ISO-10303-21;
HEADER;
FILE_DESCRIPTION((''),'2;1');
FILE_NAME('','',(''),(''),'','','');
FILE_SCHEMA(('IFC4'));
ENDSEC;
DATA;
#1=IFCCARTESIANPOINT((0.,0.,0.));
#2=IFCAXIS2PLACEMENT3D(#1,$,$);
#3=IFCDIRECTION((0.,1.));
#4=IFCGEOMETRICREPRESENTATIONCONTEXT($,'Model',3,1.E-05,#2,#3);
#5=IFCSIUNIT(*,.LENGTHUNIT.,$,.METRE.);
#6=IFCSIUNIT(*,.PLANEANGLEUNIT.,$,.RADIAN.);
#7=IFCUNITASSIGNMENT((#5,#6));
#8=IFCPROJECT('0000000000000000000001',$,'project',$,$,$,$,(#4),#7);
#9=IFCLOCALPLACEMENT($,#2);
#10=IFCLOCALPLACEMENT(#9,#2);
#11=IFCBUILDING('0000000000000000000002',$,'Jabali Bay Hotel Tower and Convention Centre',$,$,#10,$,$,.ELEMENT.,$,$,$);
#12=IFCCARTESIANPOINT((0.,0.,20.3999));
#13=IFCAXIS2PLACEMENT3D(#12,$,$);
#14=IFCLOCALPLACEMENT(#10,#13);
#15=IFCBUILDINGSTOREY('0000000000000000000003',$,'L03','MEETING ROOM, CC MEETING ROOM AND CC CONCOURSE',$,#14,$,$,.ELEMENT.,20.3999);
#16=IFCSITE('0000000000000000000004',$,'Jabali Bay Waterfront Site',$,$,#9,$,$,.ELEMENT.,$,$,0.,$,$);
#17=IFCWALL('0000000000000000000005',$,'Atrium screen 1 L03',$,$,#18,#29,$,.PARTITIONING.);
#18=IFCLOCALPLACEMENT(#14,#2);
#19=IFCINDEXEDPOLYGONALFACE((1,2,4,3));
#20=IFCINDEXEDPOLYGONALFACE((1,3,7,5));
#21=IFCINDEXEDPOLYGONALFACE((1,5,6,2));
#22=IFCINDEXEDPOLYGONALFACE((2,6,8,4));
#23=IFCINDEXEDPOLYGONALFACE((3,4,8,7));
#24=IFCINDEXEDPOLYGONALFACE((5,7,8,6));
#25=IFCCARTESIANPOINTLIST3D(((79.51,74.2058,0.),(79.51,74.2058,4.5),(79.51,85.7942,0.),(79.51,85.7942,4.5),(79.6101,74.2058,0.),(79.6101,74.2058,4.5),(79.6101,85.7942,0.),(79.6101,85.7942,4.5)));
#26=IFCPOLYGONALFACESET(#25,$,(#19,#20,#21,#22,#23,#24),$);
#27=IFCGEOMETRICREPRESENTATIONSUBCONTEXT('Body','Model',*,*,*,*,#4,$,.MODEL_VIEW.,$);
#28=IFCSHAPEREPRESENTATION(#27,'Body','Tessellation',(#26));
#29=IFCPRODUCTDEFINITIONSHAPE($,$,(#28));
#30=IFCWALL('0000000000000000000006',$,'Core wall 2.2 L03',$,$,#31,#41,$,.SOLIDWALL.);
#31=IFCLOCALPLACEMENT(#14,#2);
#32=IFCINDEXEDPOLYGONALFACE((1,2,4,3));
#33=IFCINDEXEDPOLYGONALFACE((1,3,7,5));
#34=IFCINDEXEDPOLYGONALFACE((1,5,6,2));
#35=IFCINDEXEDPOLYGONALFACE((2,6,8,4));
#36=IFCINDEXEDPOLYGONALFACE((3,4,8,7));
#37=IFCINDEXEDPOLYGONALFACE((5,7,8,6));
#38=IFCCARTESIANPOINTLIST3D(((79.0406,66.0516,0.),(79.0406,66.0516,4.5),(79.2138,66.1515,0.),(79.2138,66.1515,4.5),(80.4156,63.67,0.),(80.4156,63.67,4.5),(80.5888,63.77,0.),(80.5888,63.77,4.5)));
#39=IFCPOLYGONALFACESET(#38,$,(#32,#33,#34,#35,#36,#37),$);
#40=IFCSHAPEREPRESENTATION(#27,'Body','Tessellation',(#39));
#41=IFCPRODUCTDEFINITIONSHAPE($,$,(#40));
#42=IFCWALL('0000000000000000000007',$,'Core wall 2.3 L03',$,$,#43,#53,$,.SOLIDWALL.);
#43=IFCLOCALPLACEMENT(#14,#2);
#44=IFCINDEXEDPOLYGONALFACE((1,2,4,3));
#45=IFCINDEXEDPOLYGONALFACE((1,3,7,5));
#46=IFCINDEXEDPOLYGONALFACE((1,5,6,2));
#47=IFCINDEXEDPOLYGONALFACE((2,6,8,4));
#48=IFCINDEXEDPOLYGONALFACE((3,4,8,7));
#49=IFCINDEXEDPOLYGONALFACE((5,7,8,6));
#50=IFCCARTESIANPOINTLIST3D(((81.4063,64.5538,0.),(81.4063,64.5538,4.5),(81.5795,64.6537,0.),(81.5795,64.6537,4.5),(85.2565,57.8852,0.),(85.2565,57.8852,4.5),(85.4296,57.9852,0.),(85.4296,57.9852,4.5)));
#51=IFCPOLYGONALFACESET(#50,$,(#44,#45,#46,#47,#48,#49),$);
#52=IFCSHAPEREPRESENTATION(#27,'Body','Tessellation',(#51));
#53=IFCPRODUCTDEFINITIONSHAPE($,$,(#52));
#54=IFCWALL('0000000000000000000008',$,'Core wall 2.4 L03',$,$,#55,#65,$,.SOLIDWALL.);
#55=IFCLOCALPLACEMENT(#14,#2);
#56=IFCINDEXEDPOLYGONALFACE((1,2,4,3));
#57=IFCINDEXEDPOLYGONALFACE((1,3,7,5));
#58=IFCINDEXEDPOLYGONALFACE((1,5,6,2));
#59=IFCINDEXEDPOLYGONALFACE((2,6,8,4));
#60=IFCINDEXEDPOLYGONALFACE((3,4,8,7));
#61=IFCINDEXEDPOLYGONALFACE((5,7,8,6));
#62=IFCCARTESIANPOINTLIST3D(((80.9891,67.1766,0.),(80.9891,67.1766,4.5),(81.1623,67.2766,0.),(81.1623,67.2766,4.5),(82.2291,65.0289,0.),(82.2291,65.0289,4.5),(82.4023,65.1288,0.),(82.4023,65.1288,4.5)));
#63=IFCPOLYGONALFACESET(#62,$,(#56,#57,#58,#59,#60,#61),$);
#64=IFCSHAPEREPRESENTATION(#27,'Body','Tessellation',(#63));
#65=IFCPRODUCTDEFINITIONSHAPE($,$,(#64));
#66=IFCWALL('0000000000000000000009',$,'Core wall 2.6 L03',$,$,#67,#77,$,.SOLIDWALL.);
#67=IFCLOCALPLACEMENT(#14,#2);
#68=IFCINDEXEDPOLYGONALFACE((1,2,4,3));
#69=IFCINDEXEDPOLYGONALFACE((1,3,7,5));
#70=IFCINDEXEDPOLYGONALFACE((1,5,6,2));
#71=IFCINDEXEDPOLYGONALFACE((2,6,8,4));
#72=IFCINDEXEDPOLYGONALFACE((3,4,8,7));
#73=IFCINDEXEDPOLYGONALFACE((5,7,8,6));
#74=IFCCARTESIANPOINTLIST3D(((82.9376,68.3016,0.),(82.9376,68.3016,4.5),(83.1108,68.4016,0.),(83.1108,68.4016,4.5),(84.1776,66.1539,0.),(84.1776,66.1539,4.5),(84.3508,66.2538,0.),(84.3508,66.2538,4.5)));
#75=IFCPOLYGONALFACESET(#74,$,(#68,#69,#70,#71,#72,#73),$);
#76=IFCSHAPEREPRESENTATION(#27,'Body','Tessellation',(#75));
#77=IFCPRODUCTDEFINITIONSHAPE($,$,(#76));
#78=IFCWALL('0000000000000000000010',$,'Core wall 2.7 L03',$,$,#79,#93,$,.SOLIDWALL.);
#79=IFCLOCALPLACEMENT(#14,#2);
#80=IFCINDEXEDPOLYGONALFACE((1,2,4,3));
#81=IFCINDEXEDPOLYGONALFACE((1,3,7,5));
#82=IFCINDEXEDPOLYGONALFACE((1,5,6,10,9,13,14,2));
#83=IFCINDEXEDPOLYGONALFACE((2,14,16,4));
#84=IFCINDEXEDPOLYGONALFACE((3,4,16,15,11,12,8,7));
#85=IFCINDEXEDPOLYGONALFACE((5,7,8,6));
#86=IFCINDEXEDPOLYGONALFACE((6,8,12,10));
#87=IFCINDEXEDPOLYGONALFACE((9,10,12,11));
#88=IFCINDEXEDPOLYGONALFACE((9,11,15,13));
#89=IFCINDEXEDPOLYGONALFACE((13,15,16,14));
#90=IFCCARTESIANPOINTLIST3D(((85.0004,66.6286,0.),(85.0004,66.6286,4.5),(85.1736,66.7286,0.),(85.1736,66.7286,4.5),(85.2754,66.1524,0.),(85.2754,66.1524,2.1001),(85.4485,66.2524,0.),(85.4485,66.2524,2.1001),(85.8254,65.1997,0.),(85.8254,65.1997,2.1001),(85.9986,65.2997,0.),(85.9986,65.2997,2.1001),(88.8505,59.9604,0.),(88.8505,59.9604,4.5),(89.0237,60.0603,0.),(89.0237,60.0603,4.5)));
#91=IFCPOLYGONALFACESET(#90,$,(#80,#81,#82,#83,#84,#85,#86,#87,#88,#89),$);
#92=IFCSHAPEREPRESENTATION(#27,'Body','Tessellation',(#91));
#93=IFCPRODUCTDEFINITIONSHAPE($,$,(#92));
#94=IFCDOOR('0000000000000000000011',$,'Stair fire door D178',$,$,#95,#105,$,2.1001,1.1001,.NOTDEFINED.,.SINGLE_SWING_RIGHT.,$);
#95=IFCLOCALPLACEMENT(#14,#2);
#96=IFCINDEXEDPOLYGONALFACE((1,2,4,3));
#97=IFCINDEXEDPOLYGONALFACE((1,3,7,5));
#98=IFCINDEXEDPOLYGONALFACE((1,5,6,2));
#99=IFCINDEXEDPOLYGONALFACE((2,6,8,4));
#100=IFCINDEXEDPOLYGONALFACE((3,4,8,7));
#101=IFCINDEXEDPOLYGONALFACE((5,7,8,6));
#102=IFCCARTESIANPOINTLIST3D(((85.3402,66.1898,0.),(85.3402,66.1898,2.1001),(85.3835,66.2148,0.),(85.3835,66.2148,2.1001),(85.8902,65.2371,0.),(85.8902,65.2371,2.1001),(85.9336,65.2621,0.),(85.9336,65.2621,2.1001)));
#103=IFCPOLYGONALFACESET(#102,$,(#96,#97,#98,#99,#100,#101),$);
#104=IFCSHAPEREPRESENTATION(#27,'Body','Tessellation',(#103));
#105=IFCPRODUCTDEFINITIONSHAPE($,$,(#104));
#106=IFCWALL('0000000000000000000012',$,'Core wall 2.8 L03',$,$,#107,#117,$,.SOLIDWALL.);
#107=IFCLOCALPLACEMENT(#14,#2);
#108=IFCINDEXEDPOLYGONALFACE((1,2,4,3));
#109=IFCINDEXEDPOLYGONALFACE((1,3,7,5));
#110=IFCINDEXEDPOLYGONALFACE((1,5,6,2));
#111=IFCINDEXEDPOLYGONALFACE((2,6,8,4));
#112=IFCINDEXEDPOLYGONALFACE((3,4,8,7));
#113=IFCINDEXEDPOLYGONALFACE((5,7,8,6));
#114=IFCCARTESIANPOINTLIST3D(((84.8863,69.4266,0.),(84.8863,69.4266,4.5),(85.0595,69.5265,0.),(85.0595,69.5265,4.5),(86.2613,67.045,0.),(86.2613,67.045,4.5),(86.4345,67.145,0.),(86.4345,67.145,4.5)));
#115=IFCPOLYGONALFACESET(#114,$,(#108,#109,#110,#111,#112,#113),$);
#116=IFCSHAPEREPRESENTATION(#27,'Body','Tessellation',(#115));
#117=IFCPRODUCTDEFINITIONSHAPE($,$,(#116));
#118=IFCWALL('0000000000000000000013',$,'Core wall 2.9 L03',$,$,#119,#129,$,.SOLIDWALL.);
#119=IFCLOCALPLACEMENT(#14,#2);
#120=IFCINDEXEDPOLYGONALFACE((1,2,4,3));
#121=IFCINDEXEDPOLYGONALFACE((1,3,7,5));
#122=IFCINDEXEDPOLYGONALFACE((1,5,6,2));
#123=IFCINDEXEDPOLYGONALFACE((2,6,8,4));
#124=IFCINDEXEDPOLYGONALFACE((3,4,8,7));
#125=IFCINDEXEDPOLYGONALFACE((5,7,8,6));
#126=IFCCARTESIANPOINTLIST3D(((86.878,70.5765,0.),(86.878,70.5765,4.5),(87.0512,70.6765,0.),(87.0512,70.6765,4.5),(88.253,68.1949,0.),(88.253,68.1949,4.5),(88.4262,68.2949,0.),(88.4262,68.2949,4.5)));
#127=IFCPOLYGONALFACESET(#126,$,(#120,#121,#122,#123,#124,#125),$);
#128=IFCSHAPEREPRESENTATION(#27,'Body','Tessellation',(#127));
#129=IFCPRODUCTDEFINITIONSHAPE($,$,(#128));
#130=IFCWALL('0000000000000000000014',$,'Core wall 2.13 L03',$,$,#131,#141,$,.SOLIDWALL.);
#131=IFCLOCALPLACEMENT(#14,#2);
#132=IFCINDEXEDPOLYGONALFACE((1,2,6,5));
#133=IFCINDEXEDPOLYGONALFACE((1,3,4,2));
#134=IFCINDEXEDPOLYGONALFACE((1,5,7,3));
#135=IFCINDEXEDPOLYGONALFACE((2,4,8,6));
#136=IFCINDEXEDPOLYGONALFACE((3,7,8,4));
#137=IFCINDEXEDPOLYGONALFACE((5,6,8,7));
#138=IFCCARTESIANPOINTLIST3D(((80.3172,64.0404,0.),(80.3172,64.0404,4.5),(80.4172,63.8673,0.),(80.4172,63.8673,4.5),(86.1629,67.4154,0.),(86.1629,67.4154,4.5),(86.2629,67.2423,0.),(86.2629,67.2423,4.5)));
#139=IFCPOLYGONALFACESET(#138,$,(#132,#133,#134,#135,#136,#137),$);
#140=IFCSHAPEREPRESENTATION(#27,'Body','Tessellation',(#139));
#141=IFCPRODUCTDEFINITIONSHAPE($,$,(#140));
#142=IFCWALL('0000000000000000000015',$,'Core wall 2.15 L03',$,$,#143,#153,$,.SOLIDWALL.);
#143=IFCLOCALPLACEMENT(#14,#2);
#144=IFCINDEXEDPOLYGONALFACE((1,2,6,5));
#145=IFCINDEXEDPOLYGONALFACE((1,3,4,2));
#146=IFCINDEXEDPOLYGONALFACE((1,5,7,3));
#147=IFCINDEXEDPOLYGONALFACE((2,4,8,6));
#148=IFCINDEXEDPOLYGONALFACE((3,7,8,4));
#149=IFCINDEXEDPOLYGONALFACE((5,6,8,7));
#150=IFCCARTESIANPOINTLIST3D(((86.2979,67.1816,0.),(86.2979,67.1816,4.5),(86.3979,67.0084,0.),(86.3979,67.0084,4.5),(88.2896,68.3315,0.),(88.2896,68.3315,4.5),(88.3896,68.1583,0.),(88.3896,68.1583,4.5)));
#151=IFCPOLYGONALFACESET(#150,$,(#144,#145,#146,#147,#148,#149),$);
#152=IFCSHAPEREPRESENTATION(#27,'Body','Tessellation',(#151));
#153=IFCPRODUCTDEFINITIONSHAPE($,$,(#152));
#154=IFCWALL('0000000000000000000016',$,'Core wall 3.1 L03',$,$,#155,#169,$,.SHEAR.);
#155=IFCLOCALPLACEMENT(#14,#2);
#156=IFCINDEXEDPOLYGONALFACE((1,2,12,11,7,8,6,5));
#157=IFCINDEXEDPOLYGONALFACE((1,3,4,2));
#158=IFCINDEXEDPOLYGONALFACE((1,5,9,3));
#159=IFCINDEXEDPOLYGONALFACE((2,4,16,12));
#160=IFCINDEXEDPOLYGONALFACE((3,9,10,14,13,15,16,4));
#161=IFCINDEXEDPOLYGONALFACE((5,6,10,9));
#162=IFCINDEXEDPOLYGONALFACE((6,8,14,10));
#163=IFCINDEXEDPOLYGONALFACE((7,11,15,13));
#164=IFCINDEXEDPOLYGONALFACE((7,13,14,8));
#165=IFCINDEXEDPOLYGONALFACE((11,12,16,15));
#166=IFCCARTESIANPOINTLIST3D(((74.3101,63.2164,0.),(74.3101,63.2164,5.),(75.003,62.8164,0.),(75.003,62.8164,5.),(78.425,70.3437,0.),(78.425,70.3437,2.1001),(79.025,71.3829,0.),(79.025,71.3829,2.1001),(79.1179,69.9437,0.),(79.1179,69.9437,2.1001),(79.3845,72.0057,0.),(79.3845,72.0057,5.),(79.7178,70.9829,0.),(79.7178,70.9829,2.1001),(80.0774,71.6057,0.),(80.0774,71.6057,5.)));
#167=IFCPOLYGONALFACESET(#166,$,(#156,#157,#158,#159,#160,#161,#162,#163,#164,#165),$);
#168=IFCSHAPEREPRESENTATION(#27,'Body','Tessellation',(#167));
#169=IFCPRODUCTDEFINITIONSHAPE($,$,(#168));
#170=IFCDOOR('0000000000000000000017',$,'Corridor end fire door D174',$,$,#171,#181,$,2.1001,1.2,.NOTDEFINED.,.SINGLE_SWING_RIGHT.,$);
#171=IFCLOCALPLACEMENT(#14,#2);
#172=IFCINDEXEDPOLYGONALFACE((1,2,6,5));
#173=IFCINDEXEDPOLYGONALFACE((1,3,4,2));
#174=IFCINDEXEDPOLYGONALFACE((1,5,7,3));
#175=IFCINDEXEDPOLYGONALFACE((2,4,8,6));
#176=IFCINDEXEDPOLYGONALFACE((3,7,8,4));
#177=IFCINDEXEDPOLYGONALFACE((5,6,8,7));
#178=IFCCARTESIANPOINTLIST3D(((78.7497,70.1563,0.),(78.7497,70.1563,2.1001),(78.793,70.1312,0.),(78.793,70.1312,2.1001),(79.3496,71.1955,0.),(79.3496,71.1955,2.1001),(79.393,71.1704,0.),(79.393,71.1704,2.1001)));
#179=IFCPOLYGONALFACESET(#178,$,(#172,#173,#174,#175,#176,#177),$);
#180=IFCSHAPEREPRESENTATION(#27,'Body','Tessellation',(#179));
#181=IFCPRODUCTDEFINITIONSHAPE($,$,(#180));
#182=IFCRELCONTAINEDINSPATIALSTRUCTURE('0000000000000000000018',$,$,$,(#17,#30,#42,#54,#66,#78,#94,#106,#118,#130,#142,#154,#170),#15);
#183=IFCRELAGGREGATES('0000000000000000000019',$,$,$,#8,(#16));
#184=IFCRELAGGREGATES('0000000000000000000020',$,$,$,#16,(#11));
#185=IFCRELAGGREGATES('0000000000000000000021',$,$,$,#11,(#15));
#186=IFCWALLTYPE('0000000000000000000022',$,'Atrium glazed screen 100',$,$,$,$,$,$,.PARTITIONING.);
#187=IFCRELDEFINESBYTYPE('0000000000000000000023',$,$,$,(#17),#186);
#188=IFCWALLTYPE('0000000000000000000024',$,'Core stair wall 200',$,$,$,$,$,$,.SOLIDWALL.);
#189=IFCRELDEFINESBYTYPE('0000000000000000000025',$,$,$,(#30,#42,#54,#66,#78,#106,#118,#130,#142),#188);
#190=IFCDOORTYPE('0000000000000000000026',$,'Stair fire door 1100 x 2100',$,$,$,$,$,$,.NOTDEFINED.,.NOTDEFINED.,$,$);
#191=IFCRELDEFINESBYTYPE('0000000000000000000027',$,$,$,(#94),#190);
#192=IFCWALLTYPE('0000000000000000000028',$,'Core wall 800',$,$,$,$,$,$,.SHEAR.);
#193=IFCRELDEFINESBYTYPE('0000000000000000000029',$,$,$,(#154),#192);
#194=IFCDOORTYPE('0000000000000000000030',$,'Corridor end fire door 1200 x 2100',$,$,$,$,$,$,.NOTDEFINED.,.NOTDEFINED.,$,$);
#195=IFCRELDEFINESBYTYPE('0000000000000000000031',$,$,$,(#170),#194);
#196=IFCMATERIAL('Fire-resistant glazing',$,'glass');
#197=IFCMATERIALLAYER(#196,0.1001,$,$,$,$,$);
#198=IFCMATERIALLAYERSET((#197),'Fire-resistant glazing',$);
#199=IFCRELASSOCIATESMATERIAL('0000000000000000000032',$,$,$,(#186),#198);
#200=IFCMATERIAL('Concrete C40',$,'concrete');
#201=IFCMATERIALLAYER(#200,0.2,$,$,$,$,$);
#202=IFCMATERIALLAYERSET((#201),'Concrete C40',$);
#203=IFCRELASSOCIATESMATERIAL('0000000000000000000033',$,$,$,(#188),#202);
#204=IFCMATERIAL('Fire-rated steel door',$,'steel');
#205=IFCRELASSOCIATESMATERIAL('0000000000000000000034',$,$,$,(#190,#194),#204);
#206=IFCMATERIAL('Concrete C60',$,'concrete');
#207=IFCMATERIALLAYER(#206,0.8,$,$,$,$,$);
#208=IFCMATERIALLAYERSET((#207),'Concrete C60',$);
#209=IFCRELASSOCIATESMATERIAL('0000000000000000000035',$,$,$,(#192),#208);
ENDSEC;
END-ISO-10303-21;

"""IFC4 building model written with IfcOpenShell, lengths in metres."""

from ifc_helpers import new_model, si_unit, direction, frame, frame_2d, origin, place, context, subcontext, project, spatial, rectangle, extrude, material, layer, layer_set, type_object, element, fill, save


model = new_model("IFC4")

# Units and contexts
model_context = context("Model", 3, precision=1e-05, world=origin(), true_north=direction((0.0, 1.0)))
body_context = subcontext(model_context, "Body", "Model", "MODEL_VIEW")
ifc_project = project(units=[si_unit("LENGTHUNIT", "METRE"), si_unit("PLANEANGLEUNIT", "RADIAN")], contexts=[model_context])

# Site, building, storey
site_placement = place(None, origin())
site = spatial("IfcSite", under=ifc_project, at=site_placement, Name="Jabali Bay Waterfront Site", CompositionType="ELEMENT", RefElevation=0.0)
building_placement = place(site_placement, origin())
building = spatial("IfcBuilding", under=site, at=building_placement, Name="Jabali Bay Hotel Tower and Convention Centre", CompositionType="ELEMENT")
storey_placement = place(building_placement, frame((0.0, 0.0, 20.3999)))
storey = spatial("IfcBuildingStorey", under=building, at=storey_placement, Name="L03", Description="MEETING ROOM, CC MEETING ROOM AND CC CONCOURSE", CompositionType="ELEMENT", Elevation=20.3999)

# Walls
ifc_material_1 = material(Name="Fire-resistant glazing", Category="glass")
ifc_layer_1 = layer(ifc_material_1, 0.1001)
ifc_layer_set_1 = layer_set([ifc_layer_1], Name="Fire-resistant glazing")
wall_type_1 = type_object("IfcWallType", Name="Atrium glazed screen 100", PredefinedType="PARTITIONING", material=ifc_layer_set_1)
wall_1_placement = place(storey_placement, frame((79.5601, 74.2058, 0.0), z_axis=(0.0, 0.0, 1.0), x_axis=(0.0, 1.0, 0.0)))
element("IfcWall", 1, at=wall_1_placement, inside=storey, type_object=wall_type_1, Name="Atrium screen 1 L03", PredefinedType="PARTITIONING", context=body_context, shape_type="SweptSolid", body=[
    extrude(rectangle(XDim=11.5884, YDim=0.1001, at=frame_2d((5.7942, 0.0))), origin(), (0.0, 0.0, 1.0), 4.5),
])
ifc_material_2 = material(Name="Concrete C40", Category="concrete")
ifc_layer_2 = layer(ifc_material_2, 0.2)
ifc_layer_set_2 = layer_set([ifc_layer_2], Name="Concrete C40")
wall_type_2 = type_object("IfcWallType", Name="Core stair wall 200", PredefinedType="SOLIDWALL", material=ifc_layer_set_2)
wall_2_placement = place(storey_placement, frame((79.1272, 66.1016, 0.0), z_axis=(0.0, 0.0, 1.0), x_axis=(0.499997, -0.866027, 0.0)))
element("IfcWall", 2, at=wall_2_placement, inside=storey, type_object=wall_type_2, Name="Core wall 2.2 L03", PredefinedType="SOLIDWALL", context=body_context, shape_type="SweptSolid", body=[
    extrude(rectangle(XDim=2.75, YDim=0.2, at=frame_2d((1.375, 0.0))), origin(), (0.0, 0.0, 1.0), 4.5),
])
wall_3_placement = place(storey_placement, frame((81.4929, 64.6038, 0.0), z_axis=(0.0, 0.0, 1.0), x_axis=(0.500006, -0.866022, 0.0)))
element("IfcWall", 3, at=wall_3_placement, inside=storey, type_object=wall_type_2, Name="Core wall 2.3 L03", PredefinedType="SOLIDWALL", context=body_context, shape_type="SweptSolid", body=[
    extrude(rectangle(XDim=7.7002, YDim=0.2, at=frame_2d((3.8501, 0.0))), origin(), (0.0, 0.0, 1.0), 4.5),
])
for number, where, z_axis, x_axis, name in (
    (4, (81.0757, 67.2266, 0.0), (0.0, 0.0, 1.0), (0.500004, -0.866023, 0.0), "Core wall 2.4 L03"),
    (5, (83.0242, 68.3516, 0.0), (0.0, 0.0, 1.0), (0.500004, -0.866023, 0.0), "Core wall 2.6 L03"),
):
    element("IfcWall", number, at=place(storey_placement, frame(where, z_axis=z_axis, x_axis=x_axis)), inside=storey, type_object=wall_type_2, Name=name, PredefinedType="SOLIDWALL", context=body_context, shape_type="SweptSolid", body=[
        extrude(rectangle(XDim=2.48, YDim=0.2, at=frame_2d((1.24, 0.0))), origin(), (0.0, 0.0, 1.0), 4.5),
    ])

# Wall, opening, door
wall_4_placement = place(storey_placement, frame((85.0869, 66.6787, 0.0), z_axis=(0.0, 0.0, 1.0), x_axis=(0.50002, -0.866014, 0.0)))
wall_4 = element("IfcWall", 6, at=wall_4_placement, inside=storey, type_object=wall_type_2, Name="Core wall 2.7 L03", PredefinedType="SOLIDWALL", context=body_context, shape_type="SweptSolid", body=[
    extrude(rectangle(XDim=7.7, YDim=0.2, at=frame_2d((3.8501, 0.0))), origin(), (0.0, 0.0, 1.0), 4.5),
])
opening_1_placement = place(wall_4_placement, frame((0.55, 0.0, 0.0)))
opening_1 = element("IfcOpeningElement", 7, at=opening_1_placement, cuts=wall_4, PredefinedType="OPENING", context=body_context, shape_type="SweptSolid", body=[
    extrude(rectangle(XDim=1.1001, YDim=2.1001, at=frame_2d((0.55, 1.05))), frame((0.0, 0.1104, 0.0), z_axis=(0.0, -1.0, 0.0), x_axis=(1.0, 0.0, 0.0)), (0.0, 0.0, 1.0), 0.2209),
])
ifc_material_3 = material(Name="Fire-rated steel door", Category="steel")
door_type_1 = type_object("IfcDoorType", Name="Stair fire door 1100 x 2100", OperationType="NOTDEFINED", PredefinedType="NOTDEFINED", material=ifc_material_3)
door_1_placement = place(opening_1_placement, origin())
door_1 = element("IfcDoor", 8, at=door_1_placement, inside=storey, type_object=door_type_1, Name="Stair fire door D178", OperationType="SINGLE_SWING_RIGHT", OverallHeight=2.1001, OverallWidth=1.1001, PredefinedType="NOTDEFINED", context=body_context, shape_type="SweptSolid", body=[
    extrude(rectangle(XDim=1.1001, YDim=2.1001, at=frame_2d((0.55, 1.05))), frame((0.0, 0.0249, 0.0), z_axis=(0.0, -1.0, 0.0), x_axis=(1.0, 0.0, 0.0)), (0.0, 0.0, 1.0), 0.05),
])
fill(opening_1, door_1)

# Walls
for number, where, z_axis, x_axis, name in (
    (9, (84.9729, 69.4766, 0.0), (0.0, 0.0, 1.0), (0.499997, -0.866027, 0.0), "Core wall 2.8 L03"),
    (10, (86.9646, 70.6265, 0.0), (0.0, 0.0, 1.0), (0.499997, -0.866027, 0.0), "Core wall 2.9 L03"),
):
    element("IfcWall", number, at=place(storey_placement, frame(where, z_axis=z_axis, x_axis=x_axis)), inside=storey, type_object=wall_type_2, Name=name, PredefinedType="SOLIDWALL", context=body_context, shape_type="SweptSolid", body=[
        extrude(rectangle(XDim=2.75, YDim=0.2, at=frame_2d((1.375, 0.0))), origin(), (0.0, 0.0, 1.0), 4.5),
    ])
wall_5_placement = place(storey_placement, frame((80.3672, 63.9539, 0.0), z_axis=(0.0, 0.0, 1.0), x_axis=(0.866027, 0.499998, 0.0)))
element("IfcWall", 11, at=wall_5_placement, inside=storey, type_object=wall_type_2, Name="Core wall 2.13 L03", PredefinedType="SOLIDWALL", context=body_context, shape_type="SweptSolid", body=[
    extrude(rectangle(XDim=6.75, YDim=0.2, at=frame_2d((3.375, 0.0))), origin(), (0.0, 0.0, 1.0), 4.5),
])
wall_6_placement = place(storey_placement, frame((86.3479, 67.095, 0.0), z_axis=(0.0, 0.0, 1.0), x_axis=(0.866026, 0.499998, 0.0)))
element("IfcWall", 12, at=wall_6_placement, inside=storey, type_object=wall_type_2, Name="Core wall 2.15 L03", PredefinedType="SOLIDWALL", context=body_context, shape_type="SweptSolid", body=[
    extrude(rectangle(XDim=2.2998, YDim=0.2, at=frame_2d((1.1499, 0.0))), origin(), (0.0, 0.0, 1.0), 4.5),
])

# Wall, opening, door
ifc_material_4 = material(Name="Concrete C60", Category="concrete")
ifc_layer_3 = layer(ifc_material_4, 0.8)
ifc_layer_set_3 = layer_set([ifc_layer_3], Name="Concrete C60")
wall_type_3 = type_object("IfcWallType", Name="Core wall 800", PredefinedType="SHEAR", material=ifc_layer_set_3)
wall_7_placement = place(storey_placement, frame((79.731, 71.8057, 0.0), z_axis=(0.0, 0.0, 1.0), x_axis=(-0.499997, -0.866027, 0.0)))
wall_7 = element("IfcWall", 13, at=wall_7_placement, inside=storey, type_object=wall_type_3, Name="Core wall 3.1 L03", PredefinedType="SHEAR", context=body_context, shape_type="SweptSolid", body=[
    extrude(rectangle(XDim=10.1489, YDim=0.8, at=frame_2d((5.0745, 0.0))), origin(), (0.0, 0.0, 1.0), 5.0),
])
opening_2_placement = place(wall_7_placement, frame((0.719, 0.0, 0.0)))
opening_2 = element("IfcOpeningElement", 14, at=opening_2_placement, cuts=wall_7, PredefinedType="OPENING", context=body_context, shape_type="SweptSolid", body=[
    extrude(rectangle(XDim=1.2, YDim=2.1001, at=frame_2d((0.6001, 1.05))), frame((0.0, 0.4106, 0.0), z_axis=(0.0, -1.0, 0.0), x_axis=(1.0, 0.0, 0.0)), (0.0, 0.0, 1.0), 0.821),
])
door_type_2 = type_object("IfcDoorType", Name="Corridor end fire door 1200 x 2100", OperationType="NOTDEFINED", PredefinedType="NOTDEFINED", material=ifc_material_3)
door_2_placement = place(opening_2_placement, origin())
door_2 = element("IfcDoor", 15, at=door_2_placement, inside=storey, type_object=door_type_2, Name="Corridor end fire door D174", OperationType="SINGLE_SWING_RIGHT", OverallHeight=2.1001, OverallWidth=1.2, PredefinedType="NOTDEFINED", context=body_context, shape_type="SweptSolid", body=[
    extrude(rectangle(XDim=1.2, YDim=2.1001, at=frame_2d((0.6001, 1.05))), frame((0.0, 0.0249, 0.0), z_axis=(0.0, -1.0, 0.0), x_axis=(1.0, 0.0, 0.0)), (0.0, 0.0, 1.0), 0.05),
])
fill(opening_2, door_2)

save(model, "model.ifc")
